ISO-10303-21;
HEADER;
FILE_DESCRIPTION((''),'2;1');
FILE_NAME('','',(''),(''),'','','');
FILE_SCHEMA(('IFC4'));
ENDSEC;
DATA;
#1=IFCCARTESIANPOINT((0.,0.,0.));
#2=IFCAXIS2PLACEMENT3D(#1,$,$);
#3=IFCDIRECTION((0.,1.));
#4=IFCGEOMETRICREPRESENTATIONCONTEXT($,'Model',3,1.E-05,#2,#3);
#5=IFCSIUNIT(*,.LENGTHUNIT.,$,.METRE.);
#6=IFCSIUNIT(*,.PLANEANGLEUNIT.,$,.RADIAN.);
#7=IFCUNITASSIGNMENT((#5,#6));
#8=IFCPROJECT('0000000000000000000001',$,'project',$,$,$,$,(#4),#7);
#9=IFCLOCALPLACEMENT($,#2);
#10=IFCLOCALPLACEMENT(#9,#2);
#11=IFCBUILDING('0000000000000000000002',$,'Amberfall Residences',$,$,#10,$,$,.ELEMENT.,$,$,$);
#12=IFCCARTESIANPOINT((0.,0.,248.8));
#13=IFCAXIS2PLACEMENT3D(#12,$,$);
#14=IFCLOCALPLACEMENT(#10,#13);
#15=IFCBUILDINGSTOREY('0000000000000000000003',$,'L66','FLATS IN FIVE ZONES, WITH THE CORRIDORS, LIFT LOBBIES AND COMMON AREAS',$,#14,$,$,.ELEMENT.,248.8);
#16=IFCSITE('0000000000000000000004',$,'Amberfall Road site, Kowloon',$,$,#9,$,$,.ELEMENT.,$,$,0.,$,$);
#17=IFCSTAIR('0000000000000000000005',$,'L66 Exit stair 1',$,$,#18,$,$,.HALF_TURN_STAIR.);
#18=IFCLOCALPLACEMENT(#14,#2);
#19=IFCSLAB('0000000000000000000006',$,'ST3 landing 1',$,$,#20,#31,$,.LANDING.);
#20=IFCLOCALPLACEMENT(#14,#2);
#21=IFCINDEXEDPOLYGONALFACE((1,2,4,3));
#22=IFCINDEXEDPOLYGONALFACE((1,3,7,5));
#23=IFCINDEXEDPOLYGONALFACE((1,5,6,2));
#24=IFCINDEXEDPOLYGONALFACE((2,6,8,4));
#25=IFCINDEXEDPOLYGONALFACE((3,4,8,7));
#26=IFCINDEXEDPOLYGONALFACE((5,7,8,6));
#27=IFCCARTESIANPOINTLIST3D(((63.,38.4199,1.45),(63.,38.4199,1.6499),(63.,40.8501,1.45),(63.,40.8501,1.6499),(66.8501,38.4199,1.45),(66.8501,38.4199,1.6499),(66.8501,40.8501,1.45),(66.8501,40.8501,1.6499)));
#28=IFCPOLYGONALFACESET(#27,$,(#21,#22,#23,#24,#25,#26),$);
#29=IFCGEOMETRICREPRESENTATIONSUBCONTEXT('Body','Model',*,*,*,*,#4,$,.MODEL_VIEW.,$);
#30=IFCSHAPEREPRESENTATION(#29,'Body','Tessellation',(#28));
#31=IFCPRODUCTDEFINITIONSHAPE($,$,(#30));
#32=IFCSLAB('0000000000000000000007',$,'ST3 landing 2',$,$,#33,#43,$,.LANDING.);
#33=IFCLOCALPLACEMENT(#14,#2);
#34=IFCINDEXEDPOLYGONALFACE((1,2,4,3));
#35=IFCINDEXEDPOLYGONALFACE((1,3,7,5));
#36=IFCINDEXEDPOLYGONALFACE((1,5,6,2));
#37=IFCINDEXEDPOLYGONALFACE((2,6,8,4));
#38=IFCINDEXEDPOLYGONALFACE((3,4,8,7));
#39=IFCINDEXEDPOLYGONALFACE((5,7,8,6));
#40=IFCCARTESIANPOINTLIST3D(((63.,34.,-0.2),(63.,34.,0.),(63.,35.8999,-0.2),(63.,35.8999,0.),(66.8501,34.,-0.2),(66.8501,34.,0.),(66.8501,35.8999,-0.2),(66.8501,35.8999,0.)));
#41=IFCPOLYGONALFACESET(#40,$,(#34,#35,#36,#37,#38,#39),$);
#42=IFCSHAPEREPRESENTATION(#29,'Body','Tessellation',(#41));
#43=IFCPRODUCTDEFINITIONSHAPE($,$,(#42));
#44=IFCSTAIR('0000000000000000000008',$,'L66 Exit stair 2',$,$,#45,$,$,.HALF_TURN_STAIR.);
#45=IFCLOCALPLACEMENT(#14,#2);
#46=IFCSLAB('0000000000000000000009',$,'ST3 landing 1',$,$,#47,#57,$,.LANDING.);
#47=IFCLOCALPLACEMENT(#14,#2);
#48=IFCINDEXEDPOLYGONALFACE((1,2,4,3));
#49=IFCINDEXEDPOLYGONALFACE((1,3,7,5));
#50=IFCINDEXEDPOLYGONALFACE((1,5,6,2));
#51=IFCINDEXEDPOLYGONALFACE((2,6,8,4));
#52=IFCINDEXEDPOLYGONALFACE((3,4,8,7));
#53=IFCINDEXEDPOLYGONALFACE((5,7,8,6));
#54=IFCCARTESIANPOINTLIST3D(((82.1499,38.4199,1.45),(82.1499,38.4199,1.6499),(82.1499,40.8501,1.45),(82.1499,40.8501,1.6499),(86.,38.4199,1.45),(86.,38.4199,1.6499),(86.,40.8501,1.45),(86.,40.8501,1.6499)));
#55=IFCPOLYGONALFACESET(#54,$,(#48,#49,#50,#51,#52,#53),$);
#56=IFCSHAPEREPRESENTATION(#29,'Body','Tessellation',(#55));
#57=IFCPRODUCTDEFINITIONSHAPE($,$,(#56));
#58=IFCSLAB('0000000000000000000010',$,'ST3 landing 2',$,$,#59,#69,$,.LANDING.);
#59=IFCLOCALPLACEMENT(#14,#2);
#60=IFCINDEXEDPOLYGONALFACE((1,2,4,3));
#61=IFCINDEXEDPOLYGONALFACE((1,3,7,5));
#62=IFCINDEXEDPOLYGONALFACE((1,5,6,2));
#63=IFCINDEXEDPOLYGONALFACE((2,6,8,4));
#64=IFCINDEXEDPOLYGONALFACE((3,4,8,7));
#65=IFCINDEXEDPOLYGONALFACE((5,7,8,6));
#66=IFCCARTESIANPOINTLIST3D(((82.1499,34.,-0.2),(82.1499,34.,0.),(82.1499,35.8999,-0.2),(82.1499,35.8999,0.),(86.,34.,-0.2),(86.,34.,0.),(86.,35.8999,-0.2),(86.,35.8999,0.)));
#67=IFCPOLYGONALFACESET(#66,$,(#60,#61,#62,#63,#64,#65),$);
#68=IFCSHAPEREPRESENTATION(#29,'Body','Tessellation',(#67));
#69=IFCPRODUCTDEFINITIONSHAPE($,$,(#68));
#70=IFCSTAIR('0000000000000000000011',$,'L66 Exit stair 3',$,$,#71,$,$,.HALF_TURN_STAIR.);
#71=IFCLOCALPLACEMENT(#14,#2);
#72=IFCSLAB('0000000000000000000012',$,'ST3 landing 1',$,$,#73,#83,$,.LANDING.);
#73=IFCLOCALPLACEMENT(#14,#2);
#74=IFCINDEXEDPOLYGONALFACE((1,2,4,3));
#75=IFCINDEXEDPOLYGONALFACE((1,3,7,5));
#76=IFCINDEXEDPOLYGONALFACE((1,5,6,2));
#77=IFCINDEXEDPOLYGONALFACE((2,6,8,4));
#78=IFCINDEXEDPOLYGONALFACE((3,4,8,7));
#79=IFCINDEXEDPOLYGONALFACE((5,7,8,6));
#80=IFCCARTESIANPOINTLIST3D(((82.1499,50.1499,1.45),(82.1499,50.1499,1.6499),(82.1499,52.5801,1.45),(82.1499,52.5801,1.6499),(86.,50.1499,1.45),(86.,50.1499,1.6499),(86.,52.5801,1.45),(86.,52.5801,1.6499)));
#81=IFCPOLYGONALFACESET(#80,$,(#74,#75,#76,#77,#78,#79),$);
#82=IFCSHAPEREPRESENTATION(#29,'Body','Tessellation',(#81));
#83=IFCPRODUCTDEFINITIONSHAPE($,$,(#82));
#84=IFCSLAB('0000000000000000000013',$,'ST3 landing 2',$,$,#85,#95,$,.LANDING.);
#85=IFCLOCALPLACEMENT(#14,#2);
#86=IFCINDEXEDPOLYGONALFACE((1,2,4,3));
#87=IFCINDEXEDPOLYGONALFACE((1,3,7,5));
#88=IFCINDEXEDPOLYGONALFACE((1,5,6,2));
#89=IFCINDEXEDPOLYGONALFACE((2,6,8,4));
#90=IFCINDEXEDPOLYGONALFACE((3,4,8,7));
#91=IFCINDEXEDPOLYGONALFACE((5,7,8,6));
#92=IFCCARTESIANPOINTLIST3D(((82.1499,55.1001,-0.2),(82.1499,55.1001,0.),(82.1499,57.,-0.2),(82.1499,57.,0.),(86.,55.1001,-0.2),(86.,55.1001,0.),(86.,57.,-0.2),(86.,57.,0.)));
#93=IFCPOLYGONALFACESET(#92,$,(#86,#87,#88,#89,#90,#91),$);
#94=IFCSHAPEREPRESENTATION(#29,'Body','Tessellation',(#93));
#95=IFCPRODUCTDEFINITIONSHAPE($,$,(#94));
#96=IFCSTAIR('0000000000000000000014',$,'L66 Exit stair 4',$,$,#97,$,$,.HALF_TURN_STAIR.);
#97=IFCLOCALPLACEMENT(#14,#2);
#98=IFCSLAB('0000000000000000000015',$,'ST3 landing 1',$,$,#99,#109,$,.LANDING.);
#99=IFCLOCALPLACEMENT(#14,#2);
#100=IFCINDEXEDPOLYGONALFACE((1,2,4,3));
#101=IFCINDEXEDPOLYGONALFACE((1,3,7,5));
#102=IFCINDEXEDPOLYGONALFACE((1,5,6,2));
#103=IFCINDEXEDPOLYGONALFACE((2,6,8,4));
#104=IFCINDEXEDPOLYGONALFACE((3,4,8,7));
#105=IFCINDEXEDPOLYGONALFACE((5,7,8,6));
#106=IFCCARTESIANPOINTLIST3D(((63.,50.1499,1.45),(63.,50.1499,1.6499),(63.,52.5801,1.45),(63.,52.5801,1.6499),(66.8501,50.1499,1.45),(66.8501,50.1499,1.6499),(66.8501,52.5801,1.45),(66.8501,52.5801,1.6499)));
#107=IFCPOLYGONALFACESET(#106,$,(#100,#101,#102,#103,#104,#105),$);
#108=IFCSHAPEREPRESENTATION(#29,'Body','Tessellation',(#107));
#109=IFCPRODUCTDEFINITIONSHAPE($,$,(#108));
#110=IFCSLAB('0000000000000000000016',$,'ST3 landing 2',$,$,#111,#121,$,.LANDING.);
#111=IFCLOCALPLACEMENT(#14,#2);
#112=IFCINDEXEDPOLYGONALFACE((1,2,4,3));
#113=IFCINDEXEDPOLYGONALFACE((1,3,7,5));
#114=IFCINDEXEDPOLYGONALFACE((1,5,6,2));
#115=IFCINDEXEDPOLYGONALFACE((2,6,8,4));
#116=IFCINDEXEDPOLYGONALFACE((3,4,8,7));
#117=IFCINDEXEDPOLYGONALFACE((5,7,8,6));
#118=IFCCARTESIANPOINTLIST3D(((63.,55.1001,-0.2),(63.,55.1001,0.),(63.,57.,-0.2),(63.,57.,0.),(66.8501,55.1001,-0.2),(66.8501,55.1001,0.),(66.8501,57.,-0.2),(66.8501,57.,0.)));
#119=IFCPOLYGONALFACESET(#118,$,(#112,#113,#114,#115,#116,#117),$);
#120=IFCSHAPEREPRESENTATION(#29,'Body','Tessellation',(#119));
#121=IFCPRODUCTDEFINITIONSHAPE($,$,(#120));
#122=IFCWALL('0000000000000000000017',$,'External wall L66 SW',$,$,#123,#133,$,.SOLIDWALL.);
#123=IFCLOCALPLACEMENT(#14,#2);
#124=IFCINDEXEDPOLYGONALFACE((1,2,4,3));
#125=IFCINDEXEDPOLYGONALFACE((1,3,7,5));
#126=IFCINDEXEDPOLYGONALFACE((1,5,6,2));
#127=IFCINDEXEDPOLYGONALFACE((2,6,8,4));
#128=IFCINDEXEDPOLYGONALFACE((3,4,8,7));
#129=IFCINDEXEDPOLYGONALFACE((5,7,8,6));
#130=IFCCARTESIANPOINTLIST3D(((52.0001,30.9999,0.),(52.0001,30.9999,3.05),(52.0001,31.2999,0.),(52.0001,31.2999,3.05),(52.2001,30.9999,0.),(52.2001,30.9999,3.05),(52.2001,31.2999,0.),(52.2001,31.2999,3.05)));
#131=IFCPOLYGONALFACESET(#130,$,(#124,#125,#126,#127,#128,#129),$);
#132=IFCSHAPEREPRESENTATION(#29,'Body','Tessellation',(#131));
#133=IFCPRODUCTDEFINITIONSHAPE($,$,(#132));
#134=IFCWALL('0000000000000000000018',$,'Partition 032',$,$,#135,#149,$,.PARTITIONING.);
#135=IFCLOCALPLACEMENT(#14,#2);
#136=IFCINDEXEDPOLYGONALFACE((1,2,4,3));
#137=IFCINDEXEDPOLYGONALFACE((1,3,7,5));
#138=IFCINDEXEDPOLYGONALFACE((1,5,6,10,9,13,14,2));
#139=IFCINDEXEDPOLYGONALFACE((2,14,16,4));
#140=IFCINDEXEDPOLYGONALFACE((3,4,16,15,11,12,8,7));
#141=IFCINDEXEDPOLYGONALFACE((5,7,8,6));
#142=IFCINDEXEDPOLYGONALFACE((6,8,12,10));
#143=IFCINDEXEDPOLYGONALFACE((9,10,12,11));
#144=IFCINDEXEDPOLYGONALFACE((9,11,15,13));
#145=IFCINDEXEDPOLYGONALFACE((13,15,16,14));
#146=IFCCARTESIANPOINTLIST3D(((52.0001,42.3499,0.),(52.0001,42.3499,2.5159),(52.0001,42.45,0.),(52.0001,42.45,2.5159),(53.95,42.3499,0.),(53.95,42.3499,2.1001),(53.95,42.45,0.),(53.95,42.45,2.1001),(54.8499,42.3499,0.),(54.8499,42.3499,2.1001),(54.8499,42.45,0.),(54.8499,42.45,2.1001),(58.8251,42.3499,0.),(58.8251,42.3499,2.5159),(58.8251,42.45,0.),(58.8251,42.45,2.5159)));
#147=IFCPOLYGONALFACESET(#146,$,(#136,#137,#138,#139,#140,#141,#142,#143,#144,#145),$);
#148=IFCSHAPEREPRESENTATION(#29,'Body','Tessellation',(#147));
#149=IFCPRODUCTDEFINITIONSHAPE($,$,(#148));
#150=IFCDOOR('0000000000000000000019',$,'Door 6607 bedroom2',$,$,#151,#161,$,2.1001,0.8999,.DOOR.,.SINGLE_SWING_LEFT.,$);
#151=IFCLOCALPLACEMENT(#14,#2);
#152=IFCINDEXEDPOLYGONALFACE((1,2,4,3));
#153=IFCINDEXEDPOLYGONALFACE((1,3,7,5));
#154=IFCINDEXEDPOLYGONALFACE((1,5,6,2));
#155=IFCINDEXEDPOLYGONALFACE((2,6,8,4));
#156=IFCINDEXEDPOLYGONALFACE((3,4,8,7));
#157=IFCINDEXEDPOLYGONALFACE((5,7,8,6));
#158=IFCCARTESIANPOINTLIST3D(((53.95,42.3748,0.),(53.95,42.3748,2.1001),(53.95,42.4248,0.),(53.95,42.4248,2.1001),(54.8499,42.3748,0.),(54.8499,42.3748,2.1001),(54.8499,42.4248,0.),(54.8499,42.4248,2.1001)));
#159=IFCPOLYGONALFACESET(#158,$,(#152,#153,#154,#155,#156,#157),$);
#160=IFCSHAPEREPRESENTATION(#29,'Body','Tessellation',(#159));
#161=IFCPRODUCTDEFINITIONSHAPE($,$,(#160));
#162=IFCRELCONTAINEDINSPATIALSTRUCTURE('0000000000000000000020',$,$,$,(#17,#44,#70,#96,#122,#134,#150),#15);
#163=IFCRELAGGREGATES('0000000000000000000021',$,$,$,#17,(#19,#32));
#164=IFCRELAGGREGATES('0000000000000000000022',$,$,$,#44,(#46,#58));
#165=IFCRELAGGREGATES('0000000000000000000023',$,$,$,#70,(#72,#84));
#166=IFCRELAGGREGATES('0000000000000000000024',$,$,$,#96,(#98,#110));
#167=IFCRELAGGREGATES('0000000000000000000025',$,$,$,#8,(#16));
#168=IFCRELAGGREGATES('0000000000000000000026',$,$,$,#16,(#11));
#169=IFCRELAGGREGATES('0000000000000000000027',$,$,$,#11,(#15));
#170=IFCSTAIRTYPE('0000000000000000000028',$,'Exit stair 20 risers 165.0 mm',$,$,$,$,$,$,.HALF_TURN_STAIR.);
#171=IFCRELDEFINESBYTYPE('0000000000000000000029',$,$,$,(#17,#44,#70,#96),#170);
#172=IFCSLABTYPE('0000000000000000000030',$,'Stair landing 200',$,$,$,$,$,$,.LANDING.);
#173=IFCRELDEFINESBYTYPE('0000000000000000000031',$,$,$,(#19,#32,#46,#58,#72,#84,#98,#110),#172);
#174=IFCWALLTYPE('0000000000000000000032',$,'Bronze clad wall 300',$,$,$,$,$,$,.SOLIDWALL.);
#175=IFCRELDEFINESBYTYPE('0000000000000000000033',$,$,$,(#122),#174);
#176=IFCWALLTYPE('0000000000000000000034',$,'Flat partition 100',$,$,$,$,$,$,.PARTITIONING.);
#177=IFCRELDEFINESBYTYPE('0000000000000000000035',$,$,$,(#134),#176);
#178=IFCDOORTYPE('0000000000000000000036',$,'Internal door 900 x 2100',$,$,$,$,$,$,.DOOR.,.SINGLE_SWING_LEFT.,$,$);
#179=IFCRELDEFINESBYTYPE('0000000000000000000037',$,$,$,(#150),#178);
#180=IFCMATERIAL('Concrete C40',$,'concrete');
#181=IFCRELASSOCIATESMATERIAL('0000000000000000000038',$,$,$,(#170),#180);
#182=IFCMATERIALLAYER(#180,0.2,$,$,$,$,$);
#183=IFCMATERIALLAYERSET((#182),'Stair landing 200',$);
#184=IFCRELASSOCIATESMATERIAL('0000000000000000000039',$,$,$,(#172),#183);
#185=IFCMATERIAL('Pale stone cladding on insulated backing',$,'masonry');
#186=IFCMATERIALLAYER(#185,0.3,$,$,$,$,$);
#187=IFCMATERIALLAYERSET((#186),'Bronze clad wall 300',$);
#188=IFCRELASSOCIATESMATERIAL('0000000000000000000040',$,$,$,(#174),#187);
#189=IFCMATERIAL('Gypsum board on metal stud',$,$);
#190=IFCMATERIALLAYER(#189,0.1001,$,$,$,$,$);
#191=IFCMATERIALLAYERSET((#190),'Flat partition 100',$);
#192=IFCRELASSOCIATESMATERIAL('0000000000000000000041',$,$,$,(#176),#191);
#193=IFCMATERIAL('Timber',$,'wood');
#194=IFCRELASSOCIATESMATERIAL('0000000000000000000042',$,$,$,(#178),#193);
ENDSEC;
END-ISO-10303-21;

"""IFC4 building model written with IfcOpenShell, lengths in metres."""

from ifc_helpers import new_model, si_unit, direction, frame, frame_2d, origin, place, context, subcontext, project, spatial, polyline, rectangle, outline, extrude, material, layer, layer_set, type_object, element, fill, aggregate, save


model = new_model("IFC4")

# Units and contexts
model_context = context("Model", 3, precision=1e-05, world=origin(), true_north=direction((0.0, 1.0)))
body_context = subcontext(model_context, "Body", "Model", "MODEL_VIEW")
ifc_project = project(units=[si_unit("LENGTHUNIT", "METRE"), si_unit("PLANEANGLEUNIT", "RADIAN")], contexts=[model_context])

# Site, building, storey
site_placement = place(None, origin())
site = spatial("IfcSite", under=ifc_project, at=site_placement, Name="Amberfall Road site, Kowloon", CompositionType="ELEMENT", RefElevation=0.0)
building_placement = place(site_placement, origin())
building = spatial("IfcBuilding", under=site, at=building_placement, Name="Amberfall Residences", CompositionType="ELEMENT")
storey_placement = place(building_placement, frame((0.0, 0.0, 248.8)))
storey = spatial("IfcBuildingStorey", under=building, at=storey_placement, Name="L66", Description="FLATS IN FIVE ZONES, WITH THE CORRIDORS, LIFT LOBBIES AND COMMON AREAS", CompositionType="ELEMENT", Elevation=248.8)

# Stairs, slabs
ifc_material_1 = material(Name="Concrete C40", Category="concrete")
stair_type = type_object("IfcStairType", Name="Exit stair 20 risers 165.0 mm", PredefinedType="HALF_TURN_STAIR", material=ifc_material_1)
stair_1_placement = place(storey_placement, origin())
stair_1 = element("IfcStair", 1, at=stair_1_placement, inside=storey, type_object=stair_type, Name="L66 Exit stair 1", PredefinedType="HALF_TURN_STAIR")
ifc_layer_1 = layer(ifc_material_1, 0.2)
ifc_layer_set_1 = layer_set([ifc_layer_1], Name="Stair landing 200")
slab_type_1 = type_object("IfcSlabType", Name="Stair landing 200", PredefinedType="LANDING", material=ifc_layer_set_1)
slab_1_placement = place(storey_placement, frame((0.0, 0.0, 1.45)))
slab_1 = element("IfcSlab", 2, at=slab_1_placement, type_object=slab_type_1, Name="ST3 landing 1", PredefinedType="LANDING", context=body_context, shape_type="SweptSolid", body=[
    extrude(outline(polyline([(66.8501, 38.4199), (66.8501, 40.8501), (63.0, 40.8501), (63.0, 38.4199), (66.8501, 38.4199)])), origin(), (0.0, 0.0, 1.0), 0.2),
])
slab_2_placement = place(storey_placement, frame((0.0, 0.0, -0.2)))
slab_2 = element("IfcSlab", 3, at=slab_2_placement, type_object=slab_type_1, Name="ST3 landing 2", PredefinedType="LANDING", context=body_context, shape_type="SweptSolid", body=[
    extrude(outline(polyline([(66.8501, 34.0), (66.8501, 35.8999), (63.0, 35.8999), (63.0, 34.0), (66.8501, 34.0)])), origin(), (0.0, 0.0, 1.0), 0.2),
])
aggregate(stair_1, [slab_1, slab_2])
stair_2_placement = place(storey_placement, origin())
stair_2 = element("IfcStair", 4, at=stair_2_placement, inside=storey, type_object=stair_type, Name="L66 Exit stair 2", PredefinedType="HALF_TURN_STAIR")
slab_3_placement = place(storey_placement, frame((0.0, 0.0, 1.45)))
slab_3 = element("IfcSlab", 5, at=slab_3_placement, type_object=slab_type_1, Name="ST3 landing 1", PredefinedType="LANDING", context=body_context, shape_type="SweptSolid", body=[
    extrude(outline(polyline([(86.0, 38.4199), (86.0, 40.8501), (82.1499, 40.8501), (82.1499, 38.4199), (86.0, 38.4199)])), origin(), (0.0, 0.0, 1.0), 0.2),
])
slab_4_placement = place(storey_placement, frame((0.0, 0.0, -0.2)))
slab_4 = element("IfcSlab", 6, at=slab_4_placement, type_object=slab_type_1, Name="ST3 landing 2", PredefinedType="LANDING", context=body_context, shape_type="SweptSolid", body=[
    extrude(outline(polyline([(86.0, 34.0), (86.0, 35.8999), (82.1499, 35.8999), (82.1499, 34.0), (86.0, 34.0)])), origin(), (0.0, 0.0, 1.0), 0.2),
])
aggregate(stair_2, [slab_3, slab_4])
stair_3_placement = place(storey_placement, origin())
stair_3 = element("IfcStair", 7, at=stair_3_placement, inside=storey, type_object=stair_type, Name="L66 Exit stair 3", PredefinedType="HALF_TURN_STAIR")
slab_5_placement = place(storey_placement, frame((0.0, 0.0, 1.45)))
slab_5 = element("IfcSlab", 8, at=slab_5_placement, type_object=slab_type_1, Name="ST3 landing 1", PredefinedType="LANDING", context=body_context, shape_type="SweptSolid", body=[
    extrude(outline(polyline([(82.1499, 52.5801), (82.1499, 50.1499), (86.0, 50.1499), (86.0, 52.5801), (82.1499, 52.5801)])), origin(), (0.0, 0.0, 1.0), 0.2),
])
slab_6_placement = place(storey_placement, frame((0.0, 0.0, -0.2)))
slab_6 = element("IfcSlab", 9, at=slab_6_placement, type_object=slab_type_1, Name="ST3 landing 2", PredefinedType="LANDING", context=body_context, shape_type="SweptSolid", body=[
    extrude(outline(polyline([(82.1499, 57.0), (82.1499, 55.1001), (86.0, 55.1001), (86.0, 57.0), (82.1499, 57.0)])), origin(), (0.0, 0.0, 1.0), 0.2),
])
aggregate(stair_3, [slab_5, slab_6])
stair_4_placement = place(storey_placement, origin())
stair_4 = element("IfcStair", 10, at=stair_4_placement, inside=storey, type_object=stair_type, Name="L66 Exit stair 4", PredefinedType="HALF_TURN_STAIR")
slab_7_placement = place(storey_placement, frame((0.0, 0.0, 1.45)))
slab_7 = element("IfcSlab", 11, at=slab_7_placement, type_object=slab_type_1, Name="ST3 landing 1", PredefinedType="LANDING", context=body_context, shape_type="SweptSolid", body=[
    extrude(outline(polyline([(63.0, 52.5801), (63.0, 50.1499), (66.8501, 50.1499), (66.8501, 52.5801), (63.0, 52.5801)])), origin(), (0.0, 0.0, 1.0), 0.2),
])
slab_8_placement = place(storey_placement, frame((0.0, 0.0, -0.2)))
slab_8 = element("IfcSlab", 12, at=slab_8_placement, type_object=slab_type_1, Name="ST3 landing 2", PredefinedType="LANDING", context=body_context, shape_type="SweptSolid", body=[
    extrude(outline(polyline([(63.0, 57.0), (63.0, 55.1001), (66.8501, 55.1001), (66.8501, 57.0), (63.0, 57.0)])), origin(), (0.0, 0.0, 1.0), 0.2),
])
aggregate(stair_4, [slab_7, slab_8])

# Wall
ifc_material_2 = material(Name="Pale stone cladding on insulated backing", Category="masonry")
ifc_layer_2 = layer(ifc_material_2, 0.3)
ifc_layer_set_2 = layer_set([ifc_layer_2], Name="Bronze clad wall 300")
wall_type_1 = type_object("IfcWallType", Name="Bronze clad wall 300", PredefinedType="SOLIDWALL", material=ifc_layer_set_2)
wall_1_placement = place(storey_placement, frame((52.0, 31.1499, 0.0), z_axis=(0.0, 0.0, 1.0), x_axis=(1.0, 0.0, 0.0)))
element("IfcWall", 13, at=wall_1_placement, inside=storey, type_object=wall_type_1, Name="External wall L66 SW", PredefinedType="SOLIDWALL", context=body_context, shape_type="SweptSolid", body=[
    extrude(rectangle(XDim=0.2, YDim=0.3, at=frame_2d((0.1001, 0.0))), origin(), (0.0, 0.0, 1.0), 3.05),
])

# Wall, opening, door
ifc_material_3 = material(Name="Gypsum board on metal stud")
ifc_layer_3 = layer(ifc_material_3, 0.1001)
ifc_layer_set_3 = layer_set([ifc_layer_3], Name="Flat partition 100")
wall_type_2 = type_object("IfcWallType", Name="Flat partition 100", PredefinedType="PARTITIONING", material=ifc_layer_set_3)
wall_2_placement = place(storey_placement, frame((52.0, 42.3999, 0.0), z_axis=(0.0, 0.0, 1.0), x_axis=(1.0, 0.0, 0.0)))
wall_2 = element("IfcWall", 14, at=wall_2_placement, inside=storey, type_object=wall_type_2, Name="Partition 032", PredefinedType="PARTITIONING", context=body_context, shape_type="SweptSolid", body=[
    extrude(rectangle(XDim=6.825, YDim=0.1001, at=frame_2d((3.4126, 0.0))), origin(), (0.0, 0.0, 1.0), 2.5159),
])
opening_placement = place(wall_2_placement, frame((1.95, 0.0, 0.0)))
opening = element("IfcOpeningElement", 15, at=opening_placement, cuts=wall_2, PredefinedType="OPENING", context=body_context, shape_type="SweptSolid", body=[
    extrude(rectangle(XDim=0.8999, YDim=2.1001, at=frame_2d((0.45, 1.05))), frame((0.0, 0.0601, 0.0), z_axis=(0.0, -1.0, 0.0), x_axis=(1.0, 0.0, 0.0)), (0.0, 0.0, 1.0), 0.1201),
])
ifc_material_4 = material(Name="Timber", Category="wood")
door_type = type_object("IfcDoorType", Name="Internal door 900 x 2100", OperationType="SINGLE_SWING_LEFT", PredefinedType="DOOR", material=ifc_material_4)
door_placement = place(opening_placement, origin())
door = element("IfcDoor", 16, at=door_placement, inside=storey, type_object=door_type, Name="Door 6607 bedroom2", OperationType="SINGLE_SWING_LEFT", OverallHeight=2.1001, OverallWidth=0.8999, PredefinedType="DOOR", context=body_context, shape_type="SweptSolid", body=[
    extrude(rectangle(XDim=0.8999, YDim=2.1001, at=frame_2d((0.45, 1.05))), frame((0.0, 0.0249, 0.0), z_axis=(0.0, -1.0, 0.0), x_axis=(1.0, 0.0, 0.0)), (0.0, 0.0, 1.0), 0.05),
])
fill(opening, door)

save(model, "model.ifc")
